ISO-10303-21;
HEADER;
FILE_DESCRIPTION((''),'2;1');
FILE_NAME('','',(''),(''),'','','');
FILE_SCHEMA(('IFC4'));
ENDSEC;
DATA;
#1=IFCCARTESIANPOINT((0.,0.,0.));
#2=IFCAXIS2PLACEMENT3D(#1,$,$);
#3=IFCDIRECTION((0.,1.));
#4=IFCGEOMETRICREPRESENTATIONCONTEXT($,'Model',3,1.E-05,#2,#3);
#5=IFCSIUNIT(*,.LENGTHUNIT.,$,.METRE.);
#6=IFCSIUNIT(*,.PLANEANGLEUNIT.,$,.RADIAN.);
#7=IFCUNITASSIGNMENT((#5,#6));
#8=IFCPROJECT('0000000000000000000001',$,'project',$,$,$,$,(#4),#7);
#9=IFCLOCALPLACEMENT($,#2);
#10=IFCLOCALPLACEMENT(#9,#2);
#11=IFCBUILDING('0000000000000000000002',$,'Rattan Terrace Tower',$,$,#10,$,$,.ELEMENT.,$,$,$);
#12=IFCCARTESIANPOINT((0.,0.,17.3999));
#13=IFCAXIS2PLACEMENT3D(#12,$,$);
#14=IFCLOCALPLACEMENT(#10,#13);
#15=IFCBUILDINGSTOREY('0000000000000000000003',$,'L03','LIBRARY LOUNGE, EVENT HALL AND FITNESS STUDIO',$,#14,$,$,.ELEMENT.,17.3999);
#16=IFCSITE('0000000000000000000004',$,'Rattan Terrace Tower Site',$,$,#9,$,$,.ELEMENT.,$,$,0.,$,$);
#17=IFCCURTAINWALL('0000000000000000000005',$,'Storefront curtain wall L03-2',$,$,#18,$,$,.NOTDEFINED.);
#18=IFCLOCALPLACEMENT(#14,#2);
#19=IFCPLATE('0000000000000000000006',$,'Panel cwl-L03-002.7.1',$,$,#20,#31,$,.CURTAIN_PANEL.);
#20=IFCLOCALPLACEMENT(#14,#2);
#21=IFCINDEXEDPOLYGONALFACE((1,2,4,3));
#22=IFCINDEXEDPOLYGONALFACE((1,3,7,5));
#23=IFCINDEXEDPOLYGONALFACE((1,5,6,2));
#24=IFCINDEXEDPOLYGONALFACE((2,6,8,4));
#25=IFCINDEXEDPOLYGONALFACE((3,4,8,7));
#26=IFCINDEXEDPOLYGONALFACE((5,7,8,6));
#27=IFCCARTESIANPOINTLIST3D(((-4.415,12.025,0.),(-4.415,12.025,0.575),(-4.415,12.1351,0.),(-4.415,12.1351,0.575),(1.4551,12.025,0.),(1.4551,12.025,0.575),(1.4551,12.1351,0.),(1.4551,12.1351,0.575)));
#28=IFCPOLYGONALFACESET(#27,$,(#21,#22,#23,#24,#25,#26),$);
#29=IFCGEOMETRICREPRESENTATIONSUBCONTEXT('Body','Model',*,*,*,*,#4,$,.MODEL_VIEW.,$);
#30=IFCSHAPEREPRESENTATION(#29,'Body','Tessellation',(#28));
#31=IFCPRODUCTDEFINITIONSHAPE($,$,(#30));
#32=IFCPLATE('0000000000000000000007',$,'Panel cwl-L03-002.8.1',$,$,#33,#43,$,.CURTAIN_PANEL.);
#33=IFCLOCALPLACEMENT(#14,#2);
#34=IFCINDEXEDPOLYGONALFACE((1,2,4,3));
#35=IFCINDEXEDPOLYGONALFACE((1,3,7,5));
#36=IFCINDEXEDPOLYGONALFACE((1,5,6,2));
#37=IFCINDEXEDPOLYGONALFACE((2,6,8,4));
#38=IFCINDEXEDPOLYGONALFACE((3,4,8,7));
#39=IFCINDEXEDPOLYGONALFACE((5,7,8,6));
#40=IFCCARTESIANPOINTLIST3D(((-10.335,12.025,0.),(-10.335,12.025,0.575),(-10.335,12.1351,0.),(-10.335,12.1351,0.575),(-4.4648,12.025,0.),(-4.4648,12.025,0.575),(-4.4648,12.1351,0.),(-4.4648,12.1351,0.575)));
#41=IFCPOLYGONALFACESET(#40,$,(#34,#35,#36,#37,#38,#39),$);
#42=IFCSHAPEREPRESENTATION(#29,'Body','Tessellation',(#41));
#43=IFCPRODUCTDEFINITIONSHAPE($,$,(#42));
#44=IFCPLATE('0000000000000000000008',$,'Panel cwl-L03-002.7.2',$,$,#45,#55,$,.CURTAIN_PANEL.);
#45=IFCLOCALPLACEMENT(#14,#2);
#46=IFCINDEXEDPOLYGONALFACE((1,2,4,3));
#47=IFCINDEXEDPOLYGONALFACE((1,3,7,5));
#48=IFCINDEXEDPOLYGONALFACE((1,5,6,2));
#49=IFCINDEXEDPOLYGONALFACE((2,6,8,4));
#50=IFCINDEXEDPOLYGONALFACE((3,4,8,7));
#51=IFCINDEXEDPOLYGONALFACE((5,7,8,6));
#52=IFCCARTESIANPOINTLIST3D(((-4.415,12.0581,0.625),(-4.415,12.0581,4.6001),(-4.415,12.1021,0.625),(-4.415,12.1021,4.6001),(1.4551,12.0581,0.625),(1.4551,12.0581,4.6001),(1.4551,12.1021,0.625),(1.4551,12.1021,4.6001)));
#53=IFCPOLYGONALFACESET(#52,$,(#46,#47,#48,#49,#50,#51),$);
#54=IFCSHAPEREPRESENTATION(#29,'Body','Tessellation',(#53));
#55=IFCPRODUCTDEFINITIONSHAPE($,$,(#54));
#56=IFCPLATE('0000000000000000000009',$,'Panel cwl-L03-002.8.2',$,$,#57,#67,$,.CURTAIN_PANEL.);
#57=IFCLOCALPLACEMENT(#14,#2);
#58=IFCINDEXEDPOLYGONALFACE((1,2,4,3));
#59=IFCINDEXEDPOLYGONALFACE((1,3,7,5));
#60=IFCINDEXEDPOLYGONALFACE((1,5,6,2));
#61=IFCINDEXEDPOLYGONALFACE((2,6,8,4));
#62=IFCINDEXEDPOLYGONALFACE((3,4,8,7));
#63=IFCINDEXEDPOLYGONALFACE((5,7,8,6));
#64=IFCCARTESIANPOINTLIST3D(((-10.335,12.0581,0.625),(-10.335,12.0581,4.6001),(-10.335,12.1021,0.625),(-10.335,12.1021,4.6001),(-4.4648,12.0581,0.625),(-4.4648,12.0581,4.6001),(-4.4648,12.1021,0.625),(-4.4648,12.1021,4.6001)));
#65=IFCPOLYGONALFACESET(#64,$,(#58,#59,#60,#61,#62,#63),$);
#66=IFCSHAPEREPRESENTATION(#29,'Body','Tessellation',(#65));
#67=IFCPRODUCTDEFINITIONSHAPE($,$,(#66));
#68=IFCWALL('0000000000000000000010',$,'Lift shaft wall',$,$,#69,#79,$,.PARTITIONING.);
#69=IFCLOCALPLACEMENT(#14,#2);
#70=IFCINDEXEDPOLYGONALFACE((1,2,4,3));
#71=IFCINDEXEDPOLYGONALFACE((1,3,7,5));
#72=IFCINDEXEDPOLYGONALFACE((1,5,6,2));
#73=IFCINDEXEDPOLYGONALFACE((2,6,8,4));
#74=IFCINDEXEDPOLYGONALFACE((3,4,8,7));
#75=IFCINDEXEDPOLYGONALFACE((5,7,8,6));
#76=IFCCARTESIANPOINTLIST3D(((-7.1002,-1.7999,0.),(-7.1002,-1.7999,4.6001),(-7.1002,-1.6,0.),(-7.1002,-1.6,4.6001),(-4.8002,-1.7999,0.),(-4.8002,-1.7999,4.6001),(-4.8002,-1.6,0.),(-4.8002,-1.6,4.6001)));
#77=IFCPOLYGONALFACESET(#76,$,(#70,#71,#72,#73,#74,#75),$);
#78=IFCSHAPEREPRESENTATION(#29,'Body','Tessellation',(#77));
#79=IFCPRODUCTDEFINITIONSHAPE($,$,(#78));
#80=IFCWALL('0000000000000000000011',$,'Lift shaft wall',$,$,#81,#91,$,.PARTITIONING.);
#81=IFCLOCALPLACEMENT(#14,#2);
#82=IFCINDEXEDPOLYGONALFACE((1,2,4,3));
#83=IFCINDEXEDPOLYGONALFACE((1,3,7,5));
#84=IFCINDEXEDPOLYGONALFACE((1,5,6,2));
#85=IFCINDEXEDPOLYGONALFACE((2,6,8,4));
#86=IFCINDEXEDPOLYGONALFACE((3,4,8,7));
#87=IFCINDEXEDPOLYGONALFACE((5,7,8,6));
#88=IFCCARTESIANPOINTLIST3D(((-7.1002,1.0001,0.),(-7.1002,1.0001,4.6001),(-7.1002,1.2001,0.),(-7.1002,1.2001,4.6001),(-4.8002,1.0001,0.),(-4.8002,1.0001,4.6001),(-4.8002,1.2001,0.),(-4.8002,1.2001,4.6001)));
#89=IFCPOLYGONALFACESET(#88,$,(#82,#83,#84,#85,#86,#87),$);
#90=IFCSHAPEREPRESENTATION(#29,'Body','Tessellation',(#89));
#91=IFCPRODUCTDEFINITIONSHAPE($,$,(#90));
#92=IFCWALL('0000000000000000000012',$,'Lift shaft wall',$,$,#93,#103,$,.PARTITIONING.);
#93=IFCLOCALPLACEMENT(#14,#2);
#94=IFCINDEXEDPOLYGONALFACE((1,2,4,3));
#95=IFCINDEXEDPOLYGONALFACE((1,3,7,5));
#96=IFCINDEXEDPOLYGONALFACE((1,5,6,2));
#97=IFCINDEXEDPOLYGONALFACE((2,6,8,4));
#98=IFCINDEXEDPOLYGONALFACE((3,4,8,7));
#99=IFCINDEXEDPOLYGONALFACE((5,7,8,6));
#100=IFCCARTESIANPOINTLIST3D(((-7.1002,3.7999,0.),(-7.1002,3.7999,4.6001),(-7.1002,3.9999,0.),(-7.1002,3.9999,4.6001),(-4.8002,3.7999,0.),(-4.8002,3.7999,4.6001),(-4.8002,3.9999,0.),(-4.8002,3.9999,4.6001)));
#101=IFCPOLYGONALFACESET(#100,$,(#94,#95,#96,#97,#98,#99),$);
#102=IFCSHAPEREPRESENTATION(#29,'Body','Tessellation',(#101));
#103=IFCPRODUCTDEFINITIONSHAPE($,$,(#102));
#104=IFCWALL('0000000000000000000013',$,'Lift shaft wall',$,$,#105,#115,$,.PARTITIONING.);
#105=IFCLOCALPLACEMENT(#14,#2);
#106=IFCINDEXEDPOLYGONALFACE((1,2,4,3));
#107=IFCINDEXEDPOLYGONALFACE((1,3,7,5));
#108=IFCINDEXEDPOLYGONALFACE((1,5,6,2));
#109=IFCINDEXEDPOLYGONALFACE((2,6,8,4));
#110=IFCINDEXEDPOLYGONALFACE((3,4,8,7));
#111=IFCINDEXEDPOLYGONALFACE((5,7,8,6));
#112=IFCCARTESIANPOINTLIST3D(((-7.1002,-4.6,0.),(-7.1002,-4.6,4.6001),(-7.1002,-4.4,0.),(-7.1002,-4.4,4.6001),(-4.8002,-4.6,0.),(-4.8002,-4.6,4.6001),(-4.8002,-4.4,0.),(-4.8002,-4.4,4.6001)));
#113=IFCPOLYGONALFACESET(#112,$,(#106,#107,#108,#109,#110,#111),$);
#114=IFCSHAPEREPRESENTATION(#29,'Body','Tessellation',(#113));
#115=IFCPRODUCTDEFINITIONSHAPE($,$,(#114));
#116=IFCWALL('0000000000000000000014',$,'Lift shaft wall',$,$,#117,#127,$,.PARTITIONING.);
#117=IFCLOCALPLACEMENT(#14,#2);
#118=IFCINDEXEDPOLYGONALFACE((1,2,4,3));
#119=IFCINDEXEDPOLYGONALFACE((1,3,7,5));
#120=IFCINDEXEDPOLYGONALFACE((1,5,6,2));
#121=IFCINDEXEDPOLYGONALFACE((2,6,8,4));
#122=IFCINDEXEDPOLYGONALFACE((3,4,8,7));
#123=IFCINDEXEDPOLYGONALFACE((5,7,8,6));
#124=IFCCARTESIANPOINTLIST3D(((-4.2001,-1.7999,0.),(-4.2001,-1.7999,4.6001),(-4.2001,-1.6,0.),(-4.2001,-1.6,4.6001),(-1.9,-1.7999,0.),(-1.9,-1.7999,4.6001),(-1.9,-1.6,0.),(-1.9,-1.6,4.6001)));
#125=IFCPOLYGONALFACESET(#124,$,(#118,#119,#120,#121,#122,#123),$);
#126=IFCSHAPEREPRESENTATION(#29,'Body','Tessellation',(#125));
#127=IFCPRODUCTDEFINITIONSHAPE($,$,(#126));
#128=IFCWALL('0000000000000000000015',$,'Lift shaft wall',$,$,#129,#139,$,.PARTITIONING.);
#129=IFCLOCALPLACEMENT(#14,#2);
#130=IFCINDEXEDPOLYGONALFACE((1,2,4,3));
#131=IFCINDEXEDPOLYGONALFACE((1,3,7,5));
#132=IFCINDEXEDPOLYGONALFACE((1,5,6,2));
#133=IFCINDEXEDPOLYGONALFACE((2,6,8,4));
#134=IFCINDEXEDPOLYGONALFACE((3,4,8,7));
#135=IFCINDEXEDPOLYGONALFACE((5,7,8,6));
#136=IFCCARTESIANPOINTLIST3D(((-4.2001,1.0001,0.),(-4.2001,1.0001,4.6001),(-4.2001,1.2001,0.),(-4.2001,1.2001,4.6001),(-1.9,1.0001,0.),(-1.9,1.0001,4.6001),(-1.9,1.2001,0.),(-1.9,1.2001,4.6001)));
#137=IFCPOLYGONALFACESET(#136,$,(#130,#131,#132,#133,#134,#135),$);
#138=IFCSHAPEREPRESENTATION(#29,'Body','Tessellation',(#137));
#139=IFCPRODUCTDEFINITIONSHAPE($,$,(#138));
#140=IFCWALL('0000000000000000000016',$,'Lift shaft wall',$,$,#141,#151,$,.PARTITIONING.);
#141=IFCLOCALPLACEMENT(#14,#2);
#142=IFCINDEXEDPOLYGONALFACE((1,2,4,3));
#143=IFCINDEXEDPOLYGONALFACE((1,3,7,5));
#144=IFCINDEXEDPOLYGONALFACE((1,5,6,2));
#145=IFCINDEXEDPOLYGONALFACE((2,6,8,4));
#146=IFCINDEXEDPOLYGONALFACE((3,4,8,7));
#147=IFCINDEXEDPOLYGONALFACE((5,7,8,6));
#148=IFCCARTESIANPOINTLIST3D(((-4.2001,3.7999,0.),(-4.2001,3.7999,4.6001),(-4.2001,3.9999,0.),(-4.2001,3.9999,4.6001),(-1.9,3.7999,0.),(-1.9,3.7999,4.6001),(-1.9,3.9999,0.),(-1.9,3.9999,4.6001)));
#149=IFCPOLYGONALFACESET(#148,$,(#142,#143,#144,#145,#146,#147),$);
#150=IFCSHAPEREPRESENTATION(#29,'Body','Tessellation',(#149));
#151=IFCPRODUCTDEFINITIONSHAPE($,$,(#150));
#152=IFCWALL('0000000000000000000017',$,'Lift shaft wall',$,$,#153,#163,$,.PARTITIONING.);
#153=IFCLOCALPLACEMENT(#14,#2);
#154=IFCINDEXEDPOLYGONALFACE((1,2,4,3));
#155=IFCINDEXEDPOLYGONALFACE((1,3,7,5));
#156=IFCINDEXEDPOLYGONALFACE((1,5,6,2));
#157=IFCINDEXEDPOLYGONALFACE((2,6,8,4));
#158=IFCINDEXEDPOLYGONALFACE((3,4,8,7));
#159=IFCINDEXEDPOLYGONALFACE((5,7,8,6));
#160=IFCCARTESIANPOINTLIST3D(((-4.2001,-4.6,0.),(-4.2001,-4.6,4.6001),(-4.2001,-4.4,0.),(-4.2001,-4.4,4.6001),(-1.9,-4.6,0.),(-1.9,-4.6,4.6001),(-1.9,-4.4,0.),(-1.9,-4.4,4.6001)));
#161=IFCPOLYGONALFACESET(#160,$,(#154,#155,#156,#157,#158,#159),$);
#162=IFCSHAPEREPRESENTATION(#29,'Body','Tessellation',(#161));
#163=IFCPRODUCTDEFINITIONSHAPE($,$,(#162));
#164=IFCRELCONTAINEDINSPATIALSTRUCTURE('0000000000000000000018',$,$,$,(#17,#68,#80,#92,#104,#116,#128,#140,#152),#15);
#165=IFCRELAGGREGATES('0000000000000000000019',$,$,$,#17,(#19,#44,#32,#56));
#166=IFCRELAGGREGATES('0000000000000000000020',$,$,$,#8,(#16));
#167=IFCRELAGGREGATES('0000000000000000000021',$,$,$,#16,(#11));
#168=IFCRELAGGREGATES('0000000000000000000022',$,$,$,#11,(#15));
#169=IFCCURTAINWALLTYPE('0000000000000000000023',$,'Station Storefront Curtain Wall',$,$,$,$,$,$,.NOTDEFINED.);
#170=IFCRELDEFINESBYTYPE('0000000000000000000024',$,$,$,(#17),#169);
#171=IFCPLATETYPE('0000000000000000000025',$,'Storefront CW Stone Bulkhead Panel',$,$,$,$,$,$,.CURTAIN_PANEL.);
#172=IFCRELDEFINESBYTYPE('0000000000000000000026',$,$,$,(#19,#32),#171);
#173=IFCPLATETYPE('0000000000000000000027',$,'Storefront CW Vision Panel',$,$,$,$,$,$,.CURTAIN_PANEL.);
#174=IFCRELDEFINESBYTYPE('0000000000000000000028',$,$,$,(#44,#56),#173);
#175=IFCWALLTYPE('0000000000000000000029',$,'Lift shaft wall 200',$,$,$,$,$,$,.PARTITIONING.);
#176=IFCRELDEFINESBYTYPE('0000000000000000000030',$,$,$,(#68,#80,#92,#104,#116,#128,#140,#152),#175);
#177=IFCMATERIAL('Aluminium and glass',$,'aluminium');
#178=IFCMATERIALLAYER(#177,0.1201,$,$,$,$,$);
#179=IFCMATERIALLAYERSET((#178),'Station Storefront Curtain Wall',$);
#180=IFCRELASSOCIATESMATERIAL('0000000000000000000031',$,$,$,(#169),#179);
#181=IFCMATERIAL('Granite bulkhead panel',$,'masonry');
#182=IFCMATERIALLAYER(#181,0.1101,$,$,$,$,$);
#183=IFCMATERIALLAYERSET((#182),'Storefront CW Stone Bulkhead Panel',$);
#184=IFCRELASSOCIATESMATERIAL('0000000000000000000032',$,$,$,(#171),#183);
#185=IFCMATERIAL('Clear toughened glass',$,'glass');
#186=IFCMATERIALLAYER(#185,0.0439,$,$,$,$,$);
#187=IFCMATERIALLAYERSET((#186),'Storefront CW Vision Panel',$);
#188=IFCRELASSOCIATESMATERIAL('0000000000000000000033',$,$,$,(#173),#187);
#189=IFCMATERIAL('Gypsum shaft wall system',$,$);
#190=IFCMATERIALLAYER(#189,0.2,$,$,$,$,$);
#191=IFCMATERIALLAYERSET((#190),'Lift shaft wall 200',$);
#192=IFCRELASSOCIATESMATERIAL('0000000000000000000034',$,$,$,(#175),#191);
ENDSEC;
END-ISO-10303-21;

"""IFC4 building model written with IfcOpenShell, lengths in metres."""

from ifc_helpers import new_model, si_unit, direction, frame, frame_2d, origin, origin_2d, place, context, subcontext, project, spatial, rectangle, extrude, material, layer, layer_set, type_object, element, aggregate, save


model = new_model("IFC4")

# Units and contexts
model_context = context("Model", 3, precision=1e-05, world=origin(), true_north=direction((0.0, 1.0)))
body_context = subcontext(model_context, "Body", "Model", "MODEL_VIEW")
ifc_project = project(units=[si_unit("LENGTHUNIT", "METRE"), si_unit("PLANEANGLEUNIT", "RADIAN")], contexts=[model_context])

# Site, building, storey
site_placement = place(None, origin())
site = spatial("IfcSite", under=ifc_project, at=site_placement, Name="Rattan Terrace Tower Site", CompositionType="ELEMENT", RefElevation=0.0)
building_placement = place(site_placement, origin())
building = spatial("IfcBuilding", under=site, at=building_placement, Name="Rattan Terrace Tower", CompositionType="ELEMENT")
storey_placement = place(building_placement, frame((0.0, 0.0, 17.3999)))
storey = spatial("IfcBuildingStorey", under=building, at=storey_placement, Name="L03", Description="LIBRARY LOUNGE, EVENT HALL AND FITNESS STUDIO", CompositionType="ELEMENT", Elevation=17.3999)

# Curtain wall
ifc_material_1 = material(Name="Aluminium and glass", Category="aluminium")
ifc_layer_1 = layer(ifc_material_1, 0.1201)
ifc_layer_set_1 = layer_set([ifc_layer_1], Name="Station Storefront Curtain Wall")
curtain_wall_type = type_object("IfcCurtainWallType", Name="Station Storefront Curtain Wall", PredefinedType="NOTDEFINED", material=ifc_layer_set_1)
curtain_wall_placement = place(storey_placement, origin())
curtain_wall = element("IfcCurtainWall", 1, at=curtain_wall_placement, inside=storey, type_object=curtain_wall_type, Name="Storefront curtain wall L03-2", PredefinedType="NOTDEFINED")

# Plates
ifc_material_2 = material(Name="Granite bulkhead panel", Category="masonry")
ifc_layer_2 = layer(ifc_material_2, 0.1101)
ifc_layer_set_2 = layer_set([ifc_layer_2], Name="Storefront CW Stone Bulkhead Panel")
plate_type_1 = type_object("IfcPlateType", Name="Storefront CW Stone Bulkhead Panel", PredefinedType="CURTAIN_PANEL", material=ifc_layer_set_2)
plate_1_placement = place(storey_placement, frame((-1.48, 12.0801, 0.0), z_axis=(0.0, 0.0, 1.0), x_axis=(-1.0, 0.0, 0.0)))
plate_1 = element("IfcPlate", 2, at=plate_1_placement, type_object=plate_type_1, Name="Panel cwl-L03-002.7.1", PredefinedType="CURTAIN_PANEL", context=body_context, shape_type="SweptSolid", body=[
    extrude(rectangle(XDim=5.8701, YDim=0.1101, at=origin_2d()), origin(), (0.0, 0.0, 1.0), 0.575),
])
plate_2_placement = place(storey_placement, frame((-7.3999, 12.0801, 0.0), z_axis=(0.0, 0.0, 1.0), x_axis=(-1.0, 0.0, 0.0)))
plate_2 = element("IfcPlate", 3, at=plate_2_placement, type_object=plate_type_1, Name="Panel cwl-L03-002.8.1", PredefinedType="CURTAIN_PANEL", context=body_context, shape_type="SweptSolid", body=[
    extrude(rectangle(XDim=5.8701, YDim=0.1101, at=origin_2d()), origin(), (0.0, 0.0, 1.0), 0.575),
])
ifc_material_3 = material(Name="Clear toughened glass", Category="glass")
ifc_layer_3 = layer(ifc_material_3, 0.0439)
ifc_layer_set_3 = layer_set([ifc_layer_3], Name="Storefront CW Vision Panel")
plate_type_2 = type_object("IfcPlateType", Name="Storefront CW Vision Panel", PredefinedType="CURTAIN_PANEL", material=ifc_layer_set_3)
plate_3_placement = place(storey_placement, frame((-1.48, 12.0801, 0.625), z_axis=(0.0, 0.0, 1.0), x_axis=(-1.0, 0.0, 0.0)))
plate_3 = element("IfcPlate", 4, at=plate_3_placement, type_object=plate_type_2, Name="Panel cwl-L03-002.7.2", PredefinedType="CURTAIN_PANEL", context=body_context, shape_type="SweptSolid", body=[
    extrude(rectangle(XDim=5.8701, YDim=0.0439, at=origin_2d()), origin(), (0.0, 0.0, 1.0), 3.9751),
])
plate_4_placement = place(storey_placement, frame((-7.3999, 12.0801, 0.625), z_axis=(0.0, 0.0, 1.0), x_axis=(-1.0, 0.0, 0.0)))
plate_4 = element("IfcPlate", 5, at=plate_4_placement, type_object=plate_type_2, Name="Panel cwl-L03-002.8.2", PredefinedType="CURTAIN_PANEL", context=body_context, shape_type="SweptSolid", body=[
    extrude(rectangle(XDim=5.8701, YDim=0.0439, at=origin_2d()), origin(), (0.0, 0.0, 1.0), 3.9751),
])
aggregate(curtain_wall, [plate_1, plate_3, plate_2, plate_4])

# Walls
ifc_material_4 = material(Name="Gypsum shaft wall system")
ifc_layer_4 = layer(ifc_material_4, 0.2)
ifc_layer_set_4 = layer_set([ifc_layer_4], Name="Lift shaft wall 200")
wall_type = type_object("IfcWallType", Name="Lift shaft wall 200", PredefinedType="PARTITIONING", material=ifc_layer_set_4)
for number, where, z_axis, x_axis, name in (
    (6, (-7.1001, -1.7, 0.0), (0.0, 0.0, 1.0), (1.0, 0.0, 0.0), "Lift shaft wall"),
    (7, (-7.1001, 1.1001, 0.0), (0.0, 0.0, 1.0), (1.0, 0.0, 0.0), "Lift shaft wall"),
    (8, (-7.1001, 3.8999, 0.0), (0.0, 0.0, 1.0), (1.0, 0.0, 0.0), "Lift shaft wall"),
    (9, (-7.1001, -4.5, 0.0), (0.0, 0.0, 1.0), (1.0, 0.0, 0.0), "Lift shaft wall"),
    (10, (-4.2, -1.7, 0.0), (0.0, 0.0, 1.0), (1.0, 0.0, 0.0), "Lift shaft wall"),
    (11, (-4.2, 1.1001, 0.0), (0.0, 0.0, 1.0), (1.0, 0.0, 0.0), "Lift shaft wall"),
    (12, (-4.2, 3.8999, 0.0), (0.0, 0.0, 1.0), (1.0, 0.0, 0.0), "Lift shaft wall"),
    (13, (-4.2, -4.5, 0.0), (0.0, 0.0, 1.0), (1.0, 0.0, 0.0), "Lift shaft wall"),
):
    element("IfcWall", number, at=place(storey_placement, frame(where, z_axis=z_axis, x_axis=x_axis)), inside=storey, type_object=wall_type, Name=name, PredefinedType="PARTITIONING", context=body_context, shape_type="SweptSolid", body=[
        extrude(rectangle(XDim=2.3, YDim=0.2, at=frame_2d((1.1499, 0.0))), origin(), (0.0, 0.0, 1.0), 4.6001),
    ])

save(model, "model.ifc")
